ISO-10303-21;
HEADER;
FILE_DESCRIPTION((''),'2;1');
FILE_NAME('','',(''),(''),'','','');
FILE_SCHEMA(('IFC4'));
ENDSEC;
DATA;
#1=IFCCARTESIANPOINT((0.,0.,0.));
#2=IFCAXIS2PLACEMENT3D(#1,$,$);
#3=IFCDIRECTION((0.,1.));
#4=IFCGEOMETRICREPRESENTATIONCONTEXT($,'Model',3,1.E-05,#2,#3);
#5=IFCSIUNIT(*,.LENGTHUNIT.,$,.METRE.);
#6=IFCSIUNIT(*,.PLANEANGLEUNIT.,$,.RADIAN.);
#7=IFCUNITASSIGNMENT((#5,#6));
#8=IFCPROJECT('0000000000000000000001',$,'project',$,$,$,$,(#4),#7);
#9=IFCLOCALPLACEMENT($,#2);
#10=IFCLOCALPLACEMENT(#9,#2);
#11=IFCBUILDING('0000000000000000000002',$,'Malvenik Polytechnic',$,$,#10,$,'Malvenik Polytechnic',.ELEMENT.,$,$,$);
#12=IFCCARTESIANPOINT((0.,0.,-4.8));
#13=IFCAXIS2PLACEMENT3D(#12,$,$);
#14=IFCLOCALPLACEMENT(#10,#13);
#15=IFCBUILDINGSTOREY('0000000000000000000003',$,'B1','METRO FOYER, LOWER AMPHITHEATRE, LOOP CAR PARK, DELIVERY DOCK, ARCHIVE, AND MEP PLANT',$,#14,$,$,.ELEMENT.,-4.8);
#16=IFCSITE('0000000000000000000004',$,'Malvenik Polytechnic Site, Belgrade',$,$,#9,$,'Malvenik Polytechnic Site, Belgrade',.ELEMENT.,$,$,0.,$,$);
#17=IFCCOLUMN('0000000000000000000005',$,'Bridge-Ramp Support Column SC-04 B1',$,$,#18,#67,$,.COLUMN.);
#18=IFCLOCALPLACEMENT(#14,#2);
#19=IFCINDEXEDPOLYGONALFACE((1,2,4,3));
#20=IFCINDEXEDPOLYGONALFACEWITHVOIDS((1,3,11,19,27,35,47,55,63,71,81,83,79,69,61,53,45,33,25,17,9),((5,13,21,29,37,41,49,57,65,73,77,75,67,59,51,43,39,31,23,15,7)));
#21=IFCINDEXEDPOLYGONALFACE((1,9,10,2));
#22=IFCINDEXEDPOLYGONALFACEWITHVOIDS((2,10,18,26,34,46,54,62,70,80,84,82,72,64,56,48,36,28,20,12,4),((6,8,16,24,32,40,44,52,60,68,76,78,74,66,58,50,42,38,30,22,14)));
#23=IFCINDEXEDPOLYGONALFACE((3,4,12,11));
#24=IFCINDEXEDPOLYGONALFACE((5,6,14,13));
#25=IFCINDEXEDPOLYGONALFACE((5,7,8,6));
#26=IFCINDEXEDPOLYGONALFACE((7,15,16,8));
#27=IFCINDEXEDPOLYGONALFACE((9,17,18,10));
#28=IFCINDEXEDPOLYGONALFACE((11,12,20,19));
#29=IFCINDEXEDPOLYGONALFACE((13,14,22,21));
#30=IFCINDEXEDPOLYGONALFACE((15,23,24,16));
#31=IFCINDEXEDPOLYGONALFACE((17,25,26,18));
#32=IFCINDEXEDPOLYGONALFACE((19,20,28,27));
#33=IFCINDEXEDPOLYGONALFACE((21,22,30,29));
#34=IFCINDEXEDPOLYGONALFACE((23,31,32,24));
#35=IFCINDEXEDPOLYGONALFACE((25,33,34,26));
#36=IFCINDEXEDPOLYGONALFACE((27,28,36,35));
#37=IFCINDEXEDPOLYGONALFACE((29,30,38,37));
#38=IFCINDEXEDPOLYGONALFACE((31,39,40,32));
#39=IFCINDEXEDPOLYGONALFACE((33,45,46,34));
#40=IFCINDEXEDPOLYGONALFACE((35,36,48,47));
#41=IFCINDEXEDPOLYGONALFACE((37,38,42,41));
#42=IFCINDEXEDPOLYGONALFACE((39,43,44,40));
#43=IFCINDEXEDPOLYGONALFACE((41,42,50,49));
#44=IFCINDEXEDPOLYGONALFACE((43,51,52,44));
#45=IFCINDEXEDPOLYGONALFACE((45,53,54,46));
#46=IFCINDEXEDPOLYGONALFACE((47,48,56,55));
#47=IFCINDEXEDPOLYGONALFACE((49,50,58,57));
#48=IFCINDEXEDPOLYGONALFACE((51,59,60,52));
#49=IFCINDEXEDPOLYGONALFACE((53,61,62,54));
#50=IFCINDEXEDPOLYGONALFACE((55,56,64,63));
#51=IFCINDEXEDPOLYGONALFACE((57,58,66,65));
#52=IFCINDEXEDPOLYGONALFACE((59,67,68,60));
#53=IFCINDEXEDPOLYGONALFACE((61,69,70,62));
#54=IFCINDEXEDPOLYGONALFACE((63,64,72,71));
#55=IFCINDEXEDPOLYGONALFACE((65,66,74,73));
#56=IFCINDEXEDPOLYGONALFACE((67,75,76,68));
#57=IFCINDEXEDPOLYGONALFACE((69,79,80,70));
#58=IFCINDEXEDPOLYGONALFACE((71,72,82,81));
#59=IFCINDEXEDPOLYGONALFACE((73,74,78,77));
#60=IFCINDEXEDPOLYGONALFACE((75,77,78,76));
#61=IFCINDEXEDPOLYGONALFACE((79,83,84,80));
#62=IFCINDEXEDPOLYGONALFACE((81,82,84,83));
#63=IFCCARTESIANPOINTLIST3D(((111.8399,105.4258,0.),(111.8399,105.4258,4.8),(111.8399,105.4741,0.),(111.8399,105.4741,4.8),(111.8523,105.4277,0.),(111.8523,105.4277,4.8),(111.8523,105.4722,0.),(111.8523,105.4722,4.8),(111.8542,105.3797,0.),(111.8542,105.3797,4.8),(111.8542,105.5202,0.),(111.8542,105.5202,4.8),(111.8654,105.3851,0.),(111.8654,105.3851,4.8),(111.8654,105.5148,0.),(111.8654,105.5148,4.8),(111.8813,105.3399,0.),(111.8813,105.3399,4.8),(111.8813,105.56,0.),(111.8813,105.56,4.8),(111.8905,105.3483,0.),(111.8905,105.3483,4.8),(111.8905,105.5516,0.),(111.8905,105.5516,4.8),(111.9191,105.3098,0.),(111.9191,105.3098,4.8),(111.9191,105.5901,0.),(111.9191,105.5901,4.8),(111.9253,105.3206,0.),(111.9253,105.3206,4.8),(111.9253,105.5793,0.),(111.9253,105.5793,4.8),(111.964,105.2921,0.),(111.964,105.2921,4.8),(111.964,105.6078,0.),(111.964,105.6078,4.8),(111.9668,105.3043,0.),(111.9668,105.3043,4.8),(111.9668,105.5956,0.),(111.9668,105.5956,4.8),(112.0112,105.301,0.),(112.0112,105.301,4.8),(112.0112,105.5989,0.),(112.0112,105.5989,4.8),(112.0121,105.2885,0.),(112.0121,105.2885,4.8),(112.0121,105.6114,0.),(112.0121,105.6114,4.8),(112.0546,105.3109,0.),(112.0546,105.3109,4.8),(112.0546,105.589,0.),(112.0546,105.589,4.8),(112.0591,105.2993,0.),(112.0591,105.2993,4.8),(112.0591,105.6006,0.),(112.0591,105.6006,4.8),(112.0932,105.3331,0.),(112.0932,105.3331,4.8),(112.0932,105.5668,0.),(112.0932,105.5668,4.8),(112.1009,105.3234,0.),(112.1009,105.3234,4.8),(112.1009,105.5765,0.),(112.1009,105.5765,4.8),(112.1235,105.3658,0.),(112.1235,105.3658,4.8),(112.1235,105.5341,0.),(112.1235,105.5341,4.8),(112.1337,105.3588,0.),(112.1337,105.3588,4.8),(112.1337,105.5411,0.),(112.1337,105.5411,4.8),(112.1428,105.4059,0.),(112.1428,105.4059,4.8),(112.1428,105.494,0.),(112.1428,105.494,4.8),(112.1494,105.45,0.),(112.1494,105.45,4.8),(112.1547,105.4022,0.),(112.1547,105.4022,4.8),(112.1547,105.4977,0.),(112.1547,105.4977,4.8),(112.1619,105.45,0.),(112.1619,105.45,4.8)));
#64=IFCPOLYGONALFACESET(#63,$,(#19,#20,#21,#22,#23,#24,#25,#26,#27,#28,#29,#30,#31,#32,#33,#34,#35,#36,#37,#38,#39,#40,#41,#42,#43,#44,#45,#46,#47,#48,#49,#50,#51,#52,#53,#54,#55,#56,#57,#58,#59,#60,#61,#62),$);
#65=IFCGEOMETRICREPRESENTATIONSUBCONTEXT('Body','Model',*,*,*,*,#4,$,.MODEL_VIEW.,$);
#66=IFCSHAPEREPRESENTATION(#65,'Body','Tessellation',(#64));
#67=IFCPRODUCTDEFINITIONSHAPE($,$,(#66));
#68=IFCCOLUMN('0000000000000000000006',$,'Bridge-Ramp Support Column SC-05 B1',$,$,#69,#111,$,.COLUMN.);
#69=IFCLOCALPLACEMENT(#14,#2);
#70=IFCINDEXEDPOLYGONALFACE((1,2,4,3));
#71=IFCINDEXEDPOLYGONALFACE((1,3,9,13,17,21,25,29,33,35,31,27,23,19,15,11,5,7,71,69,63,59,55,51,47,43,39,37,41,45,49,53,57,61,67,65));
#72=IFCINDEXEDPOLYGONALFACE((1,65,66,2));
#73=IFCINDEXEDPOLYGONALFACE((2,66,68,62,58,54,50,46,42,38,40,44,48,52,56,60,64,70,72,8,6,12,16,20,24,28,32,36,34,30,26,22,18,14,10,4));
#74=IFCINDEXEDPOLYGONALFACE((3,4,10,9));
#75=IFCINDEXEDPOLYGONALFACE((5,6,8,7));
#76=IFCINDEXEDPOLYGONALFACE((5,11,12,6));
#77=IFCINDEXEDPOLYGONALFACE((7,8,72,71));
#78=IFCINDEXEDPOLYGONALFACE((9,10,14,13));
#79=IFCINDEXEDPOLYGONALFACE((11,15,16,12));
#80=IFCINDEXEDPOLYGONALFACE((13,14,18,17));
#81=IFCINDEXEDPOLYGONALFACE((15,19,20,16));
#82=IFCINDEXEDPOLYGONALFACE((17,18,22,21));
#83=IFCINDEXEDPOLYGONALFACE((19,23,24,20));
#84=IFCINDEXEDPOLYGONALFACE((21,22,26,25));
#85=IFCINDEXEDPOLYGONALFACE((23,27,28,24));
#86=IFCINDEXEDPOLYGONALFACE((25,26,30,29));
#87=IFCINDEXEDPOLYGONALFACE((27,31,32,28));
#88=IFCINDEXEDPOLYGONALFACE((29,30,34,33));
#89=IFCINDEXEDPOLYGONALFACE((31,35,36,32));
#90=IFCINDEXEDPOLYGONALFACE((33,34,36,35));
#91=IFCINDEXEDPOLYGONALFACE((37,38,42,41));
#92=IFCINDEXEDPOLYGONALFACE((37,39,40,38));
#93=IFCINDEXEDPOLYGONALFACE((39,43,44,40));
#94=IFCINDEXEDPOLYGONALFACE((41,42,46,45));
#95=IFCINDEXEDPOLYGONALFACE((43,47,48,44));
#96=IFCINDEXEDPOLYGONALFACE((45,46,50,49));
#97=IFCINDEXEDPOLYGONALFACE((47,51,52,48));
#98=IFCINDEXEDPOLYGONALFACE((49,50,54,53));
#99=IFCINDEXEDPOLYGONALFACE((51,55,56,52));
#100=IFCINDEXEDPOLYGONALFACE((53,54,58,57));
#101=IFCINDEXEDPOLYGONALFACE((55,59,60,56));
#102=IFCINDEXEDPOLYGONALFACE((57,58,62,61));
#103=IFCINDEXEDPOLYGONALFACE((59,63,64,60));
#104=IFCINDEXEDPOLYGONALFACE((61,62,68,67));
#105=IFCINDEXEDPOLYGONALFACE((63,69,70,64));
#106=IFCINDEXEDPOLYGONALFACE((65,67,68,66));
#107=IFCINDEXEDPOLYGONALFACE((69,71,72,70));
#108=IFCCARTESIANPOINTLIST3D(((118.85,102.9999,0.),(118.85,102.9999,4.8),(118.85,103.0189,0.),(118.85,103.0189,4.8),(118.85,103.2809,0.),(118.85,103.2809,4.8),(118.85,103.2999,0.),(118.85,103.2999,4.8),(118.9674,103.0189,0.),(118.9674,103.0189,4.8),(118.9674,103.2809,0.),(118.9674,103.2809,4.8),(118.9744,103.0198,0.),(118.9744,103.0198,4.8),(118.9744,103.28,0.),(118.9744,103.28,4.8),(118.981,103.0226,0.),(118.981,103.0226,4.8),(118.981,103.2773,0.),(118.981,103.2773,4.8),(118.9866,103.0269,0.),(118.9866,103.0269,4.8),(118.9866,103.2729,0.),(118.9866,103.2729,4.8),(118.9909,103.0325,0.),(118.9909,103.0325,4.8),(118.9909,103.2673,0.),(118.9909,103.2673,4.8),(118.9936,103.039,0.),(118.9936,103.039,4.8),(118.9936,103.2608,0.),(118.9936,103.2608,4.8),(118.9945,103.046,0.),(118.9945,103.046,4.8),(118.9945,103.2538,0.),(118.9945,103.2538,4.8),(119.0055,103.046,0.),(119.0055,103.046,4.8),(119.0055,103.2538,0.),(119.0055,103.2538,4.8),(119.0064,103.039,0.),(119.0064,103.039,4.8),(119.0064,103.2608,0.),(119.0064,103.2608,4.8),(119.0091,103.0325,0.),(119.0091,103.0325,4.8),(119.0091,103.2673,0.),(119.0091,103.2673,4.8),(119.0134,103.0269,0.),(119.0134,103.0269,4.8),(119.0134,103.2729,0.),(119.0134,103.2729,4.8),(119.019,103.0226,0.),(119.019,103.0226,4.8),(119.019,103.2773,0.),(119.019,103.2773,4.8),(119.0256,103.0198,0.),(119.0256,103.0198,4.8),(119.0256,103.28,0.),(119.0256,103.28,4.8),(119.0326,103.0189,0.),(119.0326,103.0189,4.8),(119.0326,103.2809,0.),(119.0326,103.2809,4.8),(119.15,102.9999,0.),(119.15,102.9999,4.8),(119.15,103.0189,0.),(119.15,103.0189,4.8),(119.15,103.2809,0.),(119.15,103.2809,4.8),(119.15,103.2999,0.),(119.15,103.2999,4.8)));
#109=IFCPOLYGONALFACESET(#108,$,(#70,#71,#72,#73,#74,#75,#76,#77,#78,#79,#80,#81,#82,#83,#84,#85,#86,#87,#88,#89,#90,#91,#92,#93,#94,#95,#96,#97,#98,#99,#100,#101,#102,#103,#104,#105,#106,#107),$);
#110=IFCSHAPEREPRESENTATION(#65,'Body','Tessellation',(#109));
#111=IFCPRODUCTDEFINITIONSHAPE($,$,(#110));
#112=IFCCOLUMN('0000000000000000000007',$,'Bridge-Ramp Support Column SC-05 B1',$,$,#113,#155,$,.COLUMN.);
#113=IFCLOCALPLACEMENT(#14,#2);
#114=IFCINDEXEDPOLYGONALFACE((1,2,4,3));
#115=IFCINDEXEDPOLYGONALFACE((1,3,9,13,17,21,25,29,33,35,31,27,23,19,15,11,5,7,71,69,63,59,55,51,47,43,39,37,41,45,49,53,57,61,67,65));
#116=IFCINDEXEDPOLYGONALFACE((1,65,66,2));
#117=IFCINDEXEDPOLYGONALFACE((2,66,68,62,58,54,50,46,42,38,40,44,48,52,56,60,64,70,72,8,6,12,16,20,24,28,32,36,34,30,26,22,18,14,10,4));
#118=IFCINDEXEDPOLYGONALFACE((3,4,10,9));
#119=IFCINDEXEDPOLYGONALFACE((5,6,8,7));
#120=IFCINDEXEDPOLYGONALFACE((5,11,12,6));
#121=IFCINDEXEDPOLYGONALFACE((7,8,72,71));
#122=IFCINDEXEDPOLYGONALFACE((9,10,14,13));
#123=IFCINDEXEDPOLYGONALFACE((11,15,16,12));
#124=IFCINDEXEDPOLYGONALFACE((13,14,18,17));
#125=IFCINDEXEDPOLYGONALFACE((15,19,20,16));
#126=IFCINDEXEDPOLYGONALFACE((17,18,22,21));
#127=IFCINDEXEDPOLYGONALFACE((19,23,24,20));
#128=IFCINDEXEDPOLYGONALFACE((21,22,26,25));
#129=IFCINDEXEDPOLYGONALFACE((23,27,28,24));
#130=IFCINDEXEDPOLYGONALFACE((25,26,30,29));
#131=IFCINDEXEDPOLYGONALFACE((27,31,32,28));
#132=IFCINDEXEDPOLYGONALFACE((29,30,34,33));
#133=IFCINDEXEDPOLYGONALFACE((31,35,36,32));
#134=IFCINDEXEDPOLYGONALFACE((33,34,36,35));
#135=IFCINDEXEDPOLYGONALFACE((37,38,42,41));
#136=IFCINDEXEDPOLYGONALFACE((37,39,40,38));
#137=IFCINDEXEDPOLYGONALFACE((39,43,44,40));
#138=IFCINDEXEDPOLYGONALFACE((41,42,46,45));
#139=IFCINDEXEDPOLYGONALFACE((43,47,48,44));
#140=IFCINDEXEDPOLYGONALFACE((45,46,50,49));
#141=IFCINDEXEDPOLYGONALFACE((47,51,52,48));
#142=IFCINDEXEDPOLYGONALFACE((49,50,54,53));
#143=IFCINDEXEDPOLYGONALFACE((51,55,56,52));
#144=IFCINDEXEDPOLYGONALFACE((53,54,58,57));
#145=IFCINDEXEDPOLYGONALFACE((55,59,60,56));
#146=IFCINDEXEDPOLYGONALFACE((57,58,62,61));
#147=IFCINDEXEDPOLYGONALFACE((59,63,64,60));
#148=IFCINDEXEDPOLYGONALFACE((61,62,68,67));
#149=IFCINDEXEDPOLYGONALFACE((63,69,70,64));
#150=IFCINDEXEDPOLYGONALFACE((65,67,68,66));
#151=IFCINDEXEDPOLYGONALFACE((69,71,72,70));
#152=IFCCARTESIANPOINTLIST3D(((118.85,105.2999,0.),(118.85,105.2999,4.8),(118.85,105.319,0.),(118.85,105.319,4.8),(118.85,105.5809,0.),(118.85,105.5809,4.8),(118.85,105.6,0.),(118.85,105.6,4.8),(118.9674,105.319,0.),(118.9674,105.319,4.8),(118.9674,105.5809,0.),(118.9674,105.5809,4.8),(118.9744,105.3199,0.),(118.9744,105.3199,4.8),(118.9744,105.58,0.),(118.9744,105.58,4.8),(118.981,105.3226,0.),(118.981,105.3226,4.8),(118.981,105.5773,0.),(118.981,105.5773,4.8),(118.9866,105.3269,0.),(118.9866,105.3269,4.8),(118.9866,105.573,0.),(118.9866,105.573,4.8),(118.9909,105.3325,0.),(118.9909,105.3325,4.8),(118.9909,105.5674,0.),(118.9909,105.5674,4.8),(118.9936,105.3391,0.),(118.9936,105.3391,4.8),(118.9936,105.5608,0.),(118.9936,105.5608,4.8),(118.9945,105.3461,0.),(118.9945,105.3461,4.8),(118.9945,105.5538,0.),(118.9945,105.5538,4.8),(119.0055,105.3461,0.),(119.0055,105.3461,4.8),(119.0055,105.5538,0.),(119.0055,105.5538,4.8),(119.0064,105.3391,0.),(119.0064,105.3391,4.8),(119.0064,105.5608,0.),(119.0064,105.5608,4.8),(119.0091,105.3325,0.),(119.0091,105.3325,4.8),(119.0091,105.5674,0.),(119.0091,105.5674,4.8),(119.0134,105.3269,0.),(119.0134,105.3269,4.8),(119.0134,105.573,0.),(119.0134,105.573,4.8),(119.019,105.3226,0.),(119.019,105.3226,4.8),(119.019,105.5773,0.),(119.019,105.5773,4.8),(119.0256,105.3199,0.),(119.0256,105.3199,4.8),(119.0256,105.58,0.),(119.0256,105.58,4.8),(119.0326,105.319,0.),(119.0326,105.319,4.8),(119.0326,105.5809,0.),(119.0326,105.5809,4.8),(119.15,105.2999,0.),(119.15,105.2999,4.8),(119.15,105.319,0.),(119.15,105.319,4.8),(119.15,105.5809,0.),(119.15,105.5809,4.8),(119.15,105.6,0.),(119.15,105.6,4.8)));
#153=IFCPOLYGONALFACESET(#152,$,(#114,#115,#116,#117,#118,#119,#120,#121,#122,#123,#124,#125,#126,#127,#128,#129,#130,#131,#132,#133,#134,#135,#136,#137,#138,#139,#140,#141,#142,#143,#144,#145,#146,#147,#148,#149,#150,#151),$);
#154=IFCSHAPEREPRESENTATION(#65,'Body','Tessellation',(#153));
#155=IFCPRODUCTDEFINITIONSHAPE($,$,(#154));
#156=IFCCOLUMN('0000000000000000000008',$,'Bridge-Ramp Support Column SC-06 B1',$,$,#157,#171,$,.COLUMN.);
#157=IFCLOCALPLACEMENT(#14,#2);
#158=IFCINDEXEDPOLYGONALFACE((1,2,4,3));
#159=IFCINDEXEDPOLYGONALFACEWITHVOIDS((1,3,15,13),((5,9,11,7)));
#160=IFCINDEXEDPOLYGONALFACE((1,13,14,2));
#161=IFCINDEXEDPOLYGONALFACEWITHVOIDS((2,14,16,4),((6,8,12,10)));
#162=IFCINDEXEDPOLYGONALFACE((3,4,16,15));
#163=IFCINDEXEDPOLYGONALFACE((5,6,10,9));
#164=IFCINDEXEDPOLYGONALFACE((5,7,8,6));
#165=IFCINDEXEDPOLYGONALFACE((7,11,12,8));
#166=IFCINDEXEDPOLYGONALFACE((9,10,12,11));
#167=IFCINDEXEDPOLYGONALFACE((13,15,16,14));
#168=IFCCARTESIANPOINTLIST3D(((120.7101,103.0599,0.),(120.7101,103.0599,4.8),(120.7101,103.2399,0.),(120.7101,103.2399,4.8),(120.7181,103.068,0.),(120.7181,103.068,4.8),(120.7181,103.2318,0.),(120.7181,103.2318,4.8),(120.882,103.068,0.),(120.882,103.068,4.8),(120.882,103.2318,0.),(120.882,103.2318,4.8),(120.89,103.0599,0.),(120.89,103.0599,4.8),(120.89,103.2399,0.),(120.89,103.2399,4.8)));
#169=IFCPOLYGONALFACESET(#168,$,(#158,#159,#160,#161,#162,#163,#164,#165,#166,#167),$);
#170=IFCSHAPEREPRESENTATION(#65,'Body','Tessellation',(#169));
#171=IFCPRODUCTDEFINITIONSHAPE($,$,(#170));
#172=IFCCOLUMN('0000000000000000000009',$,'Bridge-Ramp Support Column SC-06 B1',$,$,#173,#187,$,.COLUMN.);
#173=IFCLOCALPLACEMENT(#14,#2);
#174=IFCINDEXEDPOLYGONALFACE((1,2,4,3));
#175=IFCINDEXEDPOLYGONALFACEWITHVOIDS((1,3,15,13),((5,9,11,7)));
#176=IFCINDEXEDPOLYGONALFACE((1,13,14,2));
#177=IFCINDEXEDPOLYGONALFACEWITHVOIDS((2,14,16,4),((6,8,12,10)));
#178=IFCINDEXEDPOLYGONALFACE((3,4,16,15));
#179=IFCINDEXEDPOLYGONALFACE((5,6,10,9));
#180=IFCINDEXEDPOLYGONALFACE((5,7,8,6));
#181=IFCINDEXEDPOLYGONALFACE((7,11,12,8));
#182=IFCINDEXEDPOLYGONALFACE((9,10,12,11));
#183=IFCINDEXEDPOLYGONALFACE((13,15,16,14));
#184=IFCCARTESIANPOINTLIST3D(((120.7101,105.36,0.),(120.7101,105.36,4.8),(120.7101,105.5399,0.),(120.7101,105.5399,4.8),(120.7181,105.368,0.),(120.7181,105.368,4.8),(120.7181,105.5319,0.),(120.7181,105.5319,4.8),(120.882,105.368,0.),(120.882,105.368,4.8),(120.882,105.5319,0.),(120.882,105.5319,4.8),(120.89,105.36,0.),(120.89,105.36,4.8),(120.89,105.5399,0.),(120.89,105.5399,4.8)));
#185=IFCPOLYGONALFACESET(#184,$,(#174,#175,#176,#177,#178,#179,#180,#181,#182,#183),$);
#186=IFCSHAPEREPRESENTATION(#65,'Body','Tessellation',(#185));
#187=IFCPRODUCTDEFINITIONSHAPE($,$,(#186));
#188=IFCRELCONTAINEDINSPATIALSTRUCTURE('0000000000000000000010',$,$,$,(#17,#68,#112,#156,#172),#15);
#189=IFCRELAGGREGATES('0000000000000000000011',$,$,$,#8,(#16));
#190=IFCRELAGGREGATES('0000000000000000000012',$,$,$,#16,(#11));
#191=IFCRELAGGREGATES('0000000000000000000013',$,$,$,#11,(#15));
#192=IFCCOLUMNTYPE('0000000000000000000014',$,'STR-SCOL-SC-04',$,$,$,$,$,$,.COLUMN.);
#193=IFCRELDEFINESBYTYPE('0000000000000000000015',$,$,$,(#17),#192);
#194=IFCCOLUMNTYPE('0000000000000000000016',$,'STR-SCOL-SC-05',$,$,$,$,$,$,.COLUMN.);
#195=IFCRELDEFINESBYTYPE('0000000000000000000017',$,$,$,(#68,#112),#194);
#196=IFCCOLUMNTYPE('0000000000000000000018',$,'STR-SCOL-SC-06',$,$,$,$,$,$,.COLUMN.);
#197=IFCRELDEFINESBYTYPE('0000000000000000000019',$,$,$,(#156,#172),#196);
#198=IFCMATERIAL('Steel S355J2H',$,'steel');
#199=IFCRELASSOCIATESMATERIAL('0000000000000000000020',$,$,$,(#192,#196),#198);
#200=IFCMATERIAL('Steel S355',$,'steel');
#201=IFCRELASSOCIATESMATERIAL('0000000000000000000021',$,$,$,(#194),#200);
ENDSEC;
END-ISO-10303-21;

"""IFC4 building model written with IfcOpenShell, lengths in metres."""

from ifc_helpers import new_model, si_unit, direction, frame, origin, origin_2d, place, context, subcontext, project, spatial, hollow_rectangle, hollow_circle, i_section, extrude, material, material_profile, profile_set, type_object, element, save


model = new_model("IFC4")

# Units and contexts
model_context = context("Model", 3, precision=1e-05, world=origin(), true_north=direction((0.0, 1.0)))
body_context = subcontext(model_context, "Body", "Model", "MODEL_VIEW")
ifc_project = project(units=[si_unit("LENGTHUNIT", "METRE"), si_unit("PLANEANGLEUNIT", "RADIAN")], contexts=[model_context])

# Site, building, storey
site_placement = place(None, origin())
site = spatial("IfcSite", under=ifc_project, at=site_placement, Name="Malvenik Polytechnic Site, Belgrade", LongName="Malvenik Polytechnic Site, Belgrade", CompositionType="ELEMENT", RefElevation=0.0)
building_placement = place(site_placement, origin())
building = spatial("IfcBuilding", under=site, at=building_placement, Name="Malvenik Polytechnic", LongName="Malvenik Polytechnic", CompositionType="ELEMENT")
storey_placement = place(building_placement, frame((0.0, 0.0, -4.8)))
storey = spatial("IfcBuildingStorey", under=building, at=storey_placement, Name="B1", Description="METRO FOYER, LOWER AMPHITHEATRE, LOOP CAR PARK, DELIVERY DOCK, ARCHIVE, AND MEP PLANT", CompositionType="ELEMENT", Elevation=-4.8)

# Columns
ifc_material_1 = material(Name="Steel S355J2H", Category="steel")
ifc_material_profile_1 = material_profile(ifc_material_1, hollow_circle(Radius=0.1619, WallThickness=0.0125, at=origin_2d()), Name="CHS 323.9x12.5")
ifc_profile_set_1 = profile_set([ifc_material_profile_1], Name="Steel S355J2H")
column_type_1 = type_object("IfcColumnType", Name="STR-SCOL-SC-04", PredefinedType="COLUMN", material=ifc_profile_set_1)
for number, where, z_axis, x_axis, name in (
    (1, (112.0, 105.45, 0.0), (0.0, 0.0, 1.0), (1.0, 0.0, 0.0), "Bridge-Ramp Support Column SC-04 B1"),
):
    element("IfcColumn", number, at=place(storey_placement, frame(where, z_axis=z_axis, x_axis=x_axis)), inside=storey, type_object=column_type_1, Name=name, PredefinedType="COLUMN", context=body_context, shape_type="SweptSolid", body=[
        extrude(hollow_circle(Radius=0.1619, WallThickness=0.0125, at=origin_2d()), origin(), (0.0, 0.0, 1.0), 4.8),
    ])
ifc_material_2 = material(Name="Steel S355", Category="steel")
ifc_material_profile_2 = material_profile(ifc_material_2, i_section(OverallWidth=0.3, OverallDepth=0.3, WebThickness=0.011, FlangeThickness=0.019, FilletRadius=0.0271, at=origin_2d()), Name="HEB 300")
ifc_profile_set_2 = profile_set([ifc_material_profile_2], Name="Steel S355")
column_type_2 = type_object("IfcColumnType", Name="STR-SCOL-SC-05", PredefinedType="COLUMN", material=ifc_profile_set_2)
for number, where, z_axis, x_axis, name in (
    (2, (119.0, 103.1499, 0.0), (0.0, 0.0, 1.0), (1.0, 0.0, 0.0), "Bridge-Ramp Support Column SC-05 B1"),
    (3, (119.0, 105.45, 0.0), (0.0, 0.0, 1.0), (1.0, 0.0, 0.0), "Bridge-Ramp Support Column SC-05 B1"),
):
    element("IfcColumn", number, at=place(storey_placement, frame(where, z_axis=z_axis, x_axis=x_axis)), inside=storey, type_object=column_type_2, Name=name, PredefinedType="COLUMN", context=body_context, shape_type="SweptSolid", body=[
        extrude(i_section(OverallWidth=0.3, OverallDepth=0.3, WebThickness=0.011, FlangeThickness=0.019, FilletRadius=0.0271, at=origin_2d()), origin(), (0.0, 0.0, 1.0), 4.8),
    ])
ifc_material_profile_3 = material_profile(ifc_material_1, hollow_rectangle(XDim=0.1799, YDim=0.1799, WallThickness=0.0081, at=origin_2d()), Name="SHS 180x180x8.0")
ifc_profile_set_3 = profile_set([ifc_material_profile_3], Name="Steel S355J2H")
column_type_3 = type_object("IfcColumnType", Name="STR-SCOL-SC-06", PredefinedType="COLUMN", material=ifc_profile_set_3)
for number, where, z_axis, x_axis, name in (
    (4, (120.8, 103.1499, 0.0), (0.0, 0.0, 1.0), (1.0, 0.0, 0.0), "Bridge-Ramp Support Column SC-06 B1"),
    (5, (120.8, 105.45, 0.0), (0.0, 0.0, 1.0), (1.0, 0.0, 0.0), "Bridge-Ramp Support Column SC-06 B1"),
):
    element("IfcColumn", number, at=place(storey_placement, frame(where, z_axis=z_axis, x_axis=x_axis)), inside=storey, type_object=column_type_3, Name=name, PredefinedType="COLUMN", context=body_context, shape_type="SweptSolid", body=[
        extrude(hollow_rectangle(XDim=0.1799, YDim=0.1799, WallThickness=0.0081, at=origin_2d()), origin(), (0.0, 0.0, 1.0), 4.8),
    ])

save(model, "model.ifc")
